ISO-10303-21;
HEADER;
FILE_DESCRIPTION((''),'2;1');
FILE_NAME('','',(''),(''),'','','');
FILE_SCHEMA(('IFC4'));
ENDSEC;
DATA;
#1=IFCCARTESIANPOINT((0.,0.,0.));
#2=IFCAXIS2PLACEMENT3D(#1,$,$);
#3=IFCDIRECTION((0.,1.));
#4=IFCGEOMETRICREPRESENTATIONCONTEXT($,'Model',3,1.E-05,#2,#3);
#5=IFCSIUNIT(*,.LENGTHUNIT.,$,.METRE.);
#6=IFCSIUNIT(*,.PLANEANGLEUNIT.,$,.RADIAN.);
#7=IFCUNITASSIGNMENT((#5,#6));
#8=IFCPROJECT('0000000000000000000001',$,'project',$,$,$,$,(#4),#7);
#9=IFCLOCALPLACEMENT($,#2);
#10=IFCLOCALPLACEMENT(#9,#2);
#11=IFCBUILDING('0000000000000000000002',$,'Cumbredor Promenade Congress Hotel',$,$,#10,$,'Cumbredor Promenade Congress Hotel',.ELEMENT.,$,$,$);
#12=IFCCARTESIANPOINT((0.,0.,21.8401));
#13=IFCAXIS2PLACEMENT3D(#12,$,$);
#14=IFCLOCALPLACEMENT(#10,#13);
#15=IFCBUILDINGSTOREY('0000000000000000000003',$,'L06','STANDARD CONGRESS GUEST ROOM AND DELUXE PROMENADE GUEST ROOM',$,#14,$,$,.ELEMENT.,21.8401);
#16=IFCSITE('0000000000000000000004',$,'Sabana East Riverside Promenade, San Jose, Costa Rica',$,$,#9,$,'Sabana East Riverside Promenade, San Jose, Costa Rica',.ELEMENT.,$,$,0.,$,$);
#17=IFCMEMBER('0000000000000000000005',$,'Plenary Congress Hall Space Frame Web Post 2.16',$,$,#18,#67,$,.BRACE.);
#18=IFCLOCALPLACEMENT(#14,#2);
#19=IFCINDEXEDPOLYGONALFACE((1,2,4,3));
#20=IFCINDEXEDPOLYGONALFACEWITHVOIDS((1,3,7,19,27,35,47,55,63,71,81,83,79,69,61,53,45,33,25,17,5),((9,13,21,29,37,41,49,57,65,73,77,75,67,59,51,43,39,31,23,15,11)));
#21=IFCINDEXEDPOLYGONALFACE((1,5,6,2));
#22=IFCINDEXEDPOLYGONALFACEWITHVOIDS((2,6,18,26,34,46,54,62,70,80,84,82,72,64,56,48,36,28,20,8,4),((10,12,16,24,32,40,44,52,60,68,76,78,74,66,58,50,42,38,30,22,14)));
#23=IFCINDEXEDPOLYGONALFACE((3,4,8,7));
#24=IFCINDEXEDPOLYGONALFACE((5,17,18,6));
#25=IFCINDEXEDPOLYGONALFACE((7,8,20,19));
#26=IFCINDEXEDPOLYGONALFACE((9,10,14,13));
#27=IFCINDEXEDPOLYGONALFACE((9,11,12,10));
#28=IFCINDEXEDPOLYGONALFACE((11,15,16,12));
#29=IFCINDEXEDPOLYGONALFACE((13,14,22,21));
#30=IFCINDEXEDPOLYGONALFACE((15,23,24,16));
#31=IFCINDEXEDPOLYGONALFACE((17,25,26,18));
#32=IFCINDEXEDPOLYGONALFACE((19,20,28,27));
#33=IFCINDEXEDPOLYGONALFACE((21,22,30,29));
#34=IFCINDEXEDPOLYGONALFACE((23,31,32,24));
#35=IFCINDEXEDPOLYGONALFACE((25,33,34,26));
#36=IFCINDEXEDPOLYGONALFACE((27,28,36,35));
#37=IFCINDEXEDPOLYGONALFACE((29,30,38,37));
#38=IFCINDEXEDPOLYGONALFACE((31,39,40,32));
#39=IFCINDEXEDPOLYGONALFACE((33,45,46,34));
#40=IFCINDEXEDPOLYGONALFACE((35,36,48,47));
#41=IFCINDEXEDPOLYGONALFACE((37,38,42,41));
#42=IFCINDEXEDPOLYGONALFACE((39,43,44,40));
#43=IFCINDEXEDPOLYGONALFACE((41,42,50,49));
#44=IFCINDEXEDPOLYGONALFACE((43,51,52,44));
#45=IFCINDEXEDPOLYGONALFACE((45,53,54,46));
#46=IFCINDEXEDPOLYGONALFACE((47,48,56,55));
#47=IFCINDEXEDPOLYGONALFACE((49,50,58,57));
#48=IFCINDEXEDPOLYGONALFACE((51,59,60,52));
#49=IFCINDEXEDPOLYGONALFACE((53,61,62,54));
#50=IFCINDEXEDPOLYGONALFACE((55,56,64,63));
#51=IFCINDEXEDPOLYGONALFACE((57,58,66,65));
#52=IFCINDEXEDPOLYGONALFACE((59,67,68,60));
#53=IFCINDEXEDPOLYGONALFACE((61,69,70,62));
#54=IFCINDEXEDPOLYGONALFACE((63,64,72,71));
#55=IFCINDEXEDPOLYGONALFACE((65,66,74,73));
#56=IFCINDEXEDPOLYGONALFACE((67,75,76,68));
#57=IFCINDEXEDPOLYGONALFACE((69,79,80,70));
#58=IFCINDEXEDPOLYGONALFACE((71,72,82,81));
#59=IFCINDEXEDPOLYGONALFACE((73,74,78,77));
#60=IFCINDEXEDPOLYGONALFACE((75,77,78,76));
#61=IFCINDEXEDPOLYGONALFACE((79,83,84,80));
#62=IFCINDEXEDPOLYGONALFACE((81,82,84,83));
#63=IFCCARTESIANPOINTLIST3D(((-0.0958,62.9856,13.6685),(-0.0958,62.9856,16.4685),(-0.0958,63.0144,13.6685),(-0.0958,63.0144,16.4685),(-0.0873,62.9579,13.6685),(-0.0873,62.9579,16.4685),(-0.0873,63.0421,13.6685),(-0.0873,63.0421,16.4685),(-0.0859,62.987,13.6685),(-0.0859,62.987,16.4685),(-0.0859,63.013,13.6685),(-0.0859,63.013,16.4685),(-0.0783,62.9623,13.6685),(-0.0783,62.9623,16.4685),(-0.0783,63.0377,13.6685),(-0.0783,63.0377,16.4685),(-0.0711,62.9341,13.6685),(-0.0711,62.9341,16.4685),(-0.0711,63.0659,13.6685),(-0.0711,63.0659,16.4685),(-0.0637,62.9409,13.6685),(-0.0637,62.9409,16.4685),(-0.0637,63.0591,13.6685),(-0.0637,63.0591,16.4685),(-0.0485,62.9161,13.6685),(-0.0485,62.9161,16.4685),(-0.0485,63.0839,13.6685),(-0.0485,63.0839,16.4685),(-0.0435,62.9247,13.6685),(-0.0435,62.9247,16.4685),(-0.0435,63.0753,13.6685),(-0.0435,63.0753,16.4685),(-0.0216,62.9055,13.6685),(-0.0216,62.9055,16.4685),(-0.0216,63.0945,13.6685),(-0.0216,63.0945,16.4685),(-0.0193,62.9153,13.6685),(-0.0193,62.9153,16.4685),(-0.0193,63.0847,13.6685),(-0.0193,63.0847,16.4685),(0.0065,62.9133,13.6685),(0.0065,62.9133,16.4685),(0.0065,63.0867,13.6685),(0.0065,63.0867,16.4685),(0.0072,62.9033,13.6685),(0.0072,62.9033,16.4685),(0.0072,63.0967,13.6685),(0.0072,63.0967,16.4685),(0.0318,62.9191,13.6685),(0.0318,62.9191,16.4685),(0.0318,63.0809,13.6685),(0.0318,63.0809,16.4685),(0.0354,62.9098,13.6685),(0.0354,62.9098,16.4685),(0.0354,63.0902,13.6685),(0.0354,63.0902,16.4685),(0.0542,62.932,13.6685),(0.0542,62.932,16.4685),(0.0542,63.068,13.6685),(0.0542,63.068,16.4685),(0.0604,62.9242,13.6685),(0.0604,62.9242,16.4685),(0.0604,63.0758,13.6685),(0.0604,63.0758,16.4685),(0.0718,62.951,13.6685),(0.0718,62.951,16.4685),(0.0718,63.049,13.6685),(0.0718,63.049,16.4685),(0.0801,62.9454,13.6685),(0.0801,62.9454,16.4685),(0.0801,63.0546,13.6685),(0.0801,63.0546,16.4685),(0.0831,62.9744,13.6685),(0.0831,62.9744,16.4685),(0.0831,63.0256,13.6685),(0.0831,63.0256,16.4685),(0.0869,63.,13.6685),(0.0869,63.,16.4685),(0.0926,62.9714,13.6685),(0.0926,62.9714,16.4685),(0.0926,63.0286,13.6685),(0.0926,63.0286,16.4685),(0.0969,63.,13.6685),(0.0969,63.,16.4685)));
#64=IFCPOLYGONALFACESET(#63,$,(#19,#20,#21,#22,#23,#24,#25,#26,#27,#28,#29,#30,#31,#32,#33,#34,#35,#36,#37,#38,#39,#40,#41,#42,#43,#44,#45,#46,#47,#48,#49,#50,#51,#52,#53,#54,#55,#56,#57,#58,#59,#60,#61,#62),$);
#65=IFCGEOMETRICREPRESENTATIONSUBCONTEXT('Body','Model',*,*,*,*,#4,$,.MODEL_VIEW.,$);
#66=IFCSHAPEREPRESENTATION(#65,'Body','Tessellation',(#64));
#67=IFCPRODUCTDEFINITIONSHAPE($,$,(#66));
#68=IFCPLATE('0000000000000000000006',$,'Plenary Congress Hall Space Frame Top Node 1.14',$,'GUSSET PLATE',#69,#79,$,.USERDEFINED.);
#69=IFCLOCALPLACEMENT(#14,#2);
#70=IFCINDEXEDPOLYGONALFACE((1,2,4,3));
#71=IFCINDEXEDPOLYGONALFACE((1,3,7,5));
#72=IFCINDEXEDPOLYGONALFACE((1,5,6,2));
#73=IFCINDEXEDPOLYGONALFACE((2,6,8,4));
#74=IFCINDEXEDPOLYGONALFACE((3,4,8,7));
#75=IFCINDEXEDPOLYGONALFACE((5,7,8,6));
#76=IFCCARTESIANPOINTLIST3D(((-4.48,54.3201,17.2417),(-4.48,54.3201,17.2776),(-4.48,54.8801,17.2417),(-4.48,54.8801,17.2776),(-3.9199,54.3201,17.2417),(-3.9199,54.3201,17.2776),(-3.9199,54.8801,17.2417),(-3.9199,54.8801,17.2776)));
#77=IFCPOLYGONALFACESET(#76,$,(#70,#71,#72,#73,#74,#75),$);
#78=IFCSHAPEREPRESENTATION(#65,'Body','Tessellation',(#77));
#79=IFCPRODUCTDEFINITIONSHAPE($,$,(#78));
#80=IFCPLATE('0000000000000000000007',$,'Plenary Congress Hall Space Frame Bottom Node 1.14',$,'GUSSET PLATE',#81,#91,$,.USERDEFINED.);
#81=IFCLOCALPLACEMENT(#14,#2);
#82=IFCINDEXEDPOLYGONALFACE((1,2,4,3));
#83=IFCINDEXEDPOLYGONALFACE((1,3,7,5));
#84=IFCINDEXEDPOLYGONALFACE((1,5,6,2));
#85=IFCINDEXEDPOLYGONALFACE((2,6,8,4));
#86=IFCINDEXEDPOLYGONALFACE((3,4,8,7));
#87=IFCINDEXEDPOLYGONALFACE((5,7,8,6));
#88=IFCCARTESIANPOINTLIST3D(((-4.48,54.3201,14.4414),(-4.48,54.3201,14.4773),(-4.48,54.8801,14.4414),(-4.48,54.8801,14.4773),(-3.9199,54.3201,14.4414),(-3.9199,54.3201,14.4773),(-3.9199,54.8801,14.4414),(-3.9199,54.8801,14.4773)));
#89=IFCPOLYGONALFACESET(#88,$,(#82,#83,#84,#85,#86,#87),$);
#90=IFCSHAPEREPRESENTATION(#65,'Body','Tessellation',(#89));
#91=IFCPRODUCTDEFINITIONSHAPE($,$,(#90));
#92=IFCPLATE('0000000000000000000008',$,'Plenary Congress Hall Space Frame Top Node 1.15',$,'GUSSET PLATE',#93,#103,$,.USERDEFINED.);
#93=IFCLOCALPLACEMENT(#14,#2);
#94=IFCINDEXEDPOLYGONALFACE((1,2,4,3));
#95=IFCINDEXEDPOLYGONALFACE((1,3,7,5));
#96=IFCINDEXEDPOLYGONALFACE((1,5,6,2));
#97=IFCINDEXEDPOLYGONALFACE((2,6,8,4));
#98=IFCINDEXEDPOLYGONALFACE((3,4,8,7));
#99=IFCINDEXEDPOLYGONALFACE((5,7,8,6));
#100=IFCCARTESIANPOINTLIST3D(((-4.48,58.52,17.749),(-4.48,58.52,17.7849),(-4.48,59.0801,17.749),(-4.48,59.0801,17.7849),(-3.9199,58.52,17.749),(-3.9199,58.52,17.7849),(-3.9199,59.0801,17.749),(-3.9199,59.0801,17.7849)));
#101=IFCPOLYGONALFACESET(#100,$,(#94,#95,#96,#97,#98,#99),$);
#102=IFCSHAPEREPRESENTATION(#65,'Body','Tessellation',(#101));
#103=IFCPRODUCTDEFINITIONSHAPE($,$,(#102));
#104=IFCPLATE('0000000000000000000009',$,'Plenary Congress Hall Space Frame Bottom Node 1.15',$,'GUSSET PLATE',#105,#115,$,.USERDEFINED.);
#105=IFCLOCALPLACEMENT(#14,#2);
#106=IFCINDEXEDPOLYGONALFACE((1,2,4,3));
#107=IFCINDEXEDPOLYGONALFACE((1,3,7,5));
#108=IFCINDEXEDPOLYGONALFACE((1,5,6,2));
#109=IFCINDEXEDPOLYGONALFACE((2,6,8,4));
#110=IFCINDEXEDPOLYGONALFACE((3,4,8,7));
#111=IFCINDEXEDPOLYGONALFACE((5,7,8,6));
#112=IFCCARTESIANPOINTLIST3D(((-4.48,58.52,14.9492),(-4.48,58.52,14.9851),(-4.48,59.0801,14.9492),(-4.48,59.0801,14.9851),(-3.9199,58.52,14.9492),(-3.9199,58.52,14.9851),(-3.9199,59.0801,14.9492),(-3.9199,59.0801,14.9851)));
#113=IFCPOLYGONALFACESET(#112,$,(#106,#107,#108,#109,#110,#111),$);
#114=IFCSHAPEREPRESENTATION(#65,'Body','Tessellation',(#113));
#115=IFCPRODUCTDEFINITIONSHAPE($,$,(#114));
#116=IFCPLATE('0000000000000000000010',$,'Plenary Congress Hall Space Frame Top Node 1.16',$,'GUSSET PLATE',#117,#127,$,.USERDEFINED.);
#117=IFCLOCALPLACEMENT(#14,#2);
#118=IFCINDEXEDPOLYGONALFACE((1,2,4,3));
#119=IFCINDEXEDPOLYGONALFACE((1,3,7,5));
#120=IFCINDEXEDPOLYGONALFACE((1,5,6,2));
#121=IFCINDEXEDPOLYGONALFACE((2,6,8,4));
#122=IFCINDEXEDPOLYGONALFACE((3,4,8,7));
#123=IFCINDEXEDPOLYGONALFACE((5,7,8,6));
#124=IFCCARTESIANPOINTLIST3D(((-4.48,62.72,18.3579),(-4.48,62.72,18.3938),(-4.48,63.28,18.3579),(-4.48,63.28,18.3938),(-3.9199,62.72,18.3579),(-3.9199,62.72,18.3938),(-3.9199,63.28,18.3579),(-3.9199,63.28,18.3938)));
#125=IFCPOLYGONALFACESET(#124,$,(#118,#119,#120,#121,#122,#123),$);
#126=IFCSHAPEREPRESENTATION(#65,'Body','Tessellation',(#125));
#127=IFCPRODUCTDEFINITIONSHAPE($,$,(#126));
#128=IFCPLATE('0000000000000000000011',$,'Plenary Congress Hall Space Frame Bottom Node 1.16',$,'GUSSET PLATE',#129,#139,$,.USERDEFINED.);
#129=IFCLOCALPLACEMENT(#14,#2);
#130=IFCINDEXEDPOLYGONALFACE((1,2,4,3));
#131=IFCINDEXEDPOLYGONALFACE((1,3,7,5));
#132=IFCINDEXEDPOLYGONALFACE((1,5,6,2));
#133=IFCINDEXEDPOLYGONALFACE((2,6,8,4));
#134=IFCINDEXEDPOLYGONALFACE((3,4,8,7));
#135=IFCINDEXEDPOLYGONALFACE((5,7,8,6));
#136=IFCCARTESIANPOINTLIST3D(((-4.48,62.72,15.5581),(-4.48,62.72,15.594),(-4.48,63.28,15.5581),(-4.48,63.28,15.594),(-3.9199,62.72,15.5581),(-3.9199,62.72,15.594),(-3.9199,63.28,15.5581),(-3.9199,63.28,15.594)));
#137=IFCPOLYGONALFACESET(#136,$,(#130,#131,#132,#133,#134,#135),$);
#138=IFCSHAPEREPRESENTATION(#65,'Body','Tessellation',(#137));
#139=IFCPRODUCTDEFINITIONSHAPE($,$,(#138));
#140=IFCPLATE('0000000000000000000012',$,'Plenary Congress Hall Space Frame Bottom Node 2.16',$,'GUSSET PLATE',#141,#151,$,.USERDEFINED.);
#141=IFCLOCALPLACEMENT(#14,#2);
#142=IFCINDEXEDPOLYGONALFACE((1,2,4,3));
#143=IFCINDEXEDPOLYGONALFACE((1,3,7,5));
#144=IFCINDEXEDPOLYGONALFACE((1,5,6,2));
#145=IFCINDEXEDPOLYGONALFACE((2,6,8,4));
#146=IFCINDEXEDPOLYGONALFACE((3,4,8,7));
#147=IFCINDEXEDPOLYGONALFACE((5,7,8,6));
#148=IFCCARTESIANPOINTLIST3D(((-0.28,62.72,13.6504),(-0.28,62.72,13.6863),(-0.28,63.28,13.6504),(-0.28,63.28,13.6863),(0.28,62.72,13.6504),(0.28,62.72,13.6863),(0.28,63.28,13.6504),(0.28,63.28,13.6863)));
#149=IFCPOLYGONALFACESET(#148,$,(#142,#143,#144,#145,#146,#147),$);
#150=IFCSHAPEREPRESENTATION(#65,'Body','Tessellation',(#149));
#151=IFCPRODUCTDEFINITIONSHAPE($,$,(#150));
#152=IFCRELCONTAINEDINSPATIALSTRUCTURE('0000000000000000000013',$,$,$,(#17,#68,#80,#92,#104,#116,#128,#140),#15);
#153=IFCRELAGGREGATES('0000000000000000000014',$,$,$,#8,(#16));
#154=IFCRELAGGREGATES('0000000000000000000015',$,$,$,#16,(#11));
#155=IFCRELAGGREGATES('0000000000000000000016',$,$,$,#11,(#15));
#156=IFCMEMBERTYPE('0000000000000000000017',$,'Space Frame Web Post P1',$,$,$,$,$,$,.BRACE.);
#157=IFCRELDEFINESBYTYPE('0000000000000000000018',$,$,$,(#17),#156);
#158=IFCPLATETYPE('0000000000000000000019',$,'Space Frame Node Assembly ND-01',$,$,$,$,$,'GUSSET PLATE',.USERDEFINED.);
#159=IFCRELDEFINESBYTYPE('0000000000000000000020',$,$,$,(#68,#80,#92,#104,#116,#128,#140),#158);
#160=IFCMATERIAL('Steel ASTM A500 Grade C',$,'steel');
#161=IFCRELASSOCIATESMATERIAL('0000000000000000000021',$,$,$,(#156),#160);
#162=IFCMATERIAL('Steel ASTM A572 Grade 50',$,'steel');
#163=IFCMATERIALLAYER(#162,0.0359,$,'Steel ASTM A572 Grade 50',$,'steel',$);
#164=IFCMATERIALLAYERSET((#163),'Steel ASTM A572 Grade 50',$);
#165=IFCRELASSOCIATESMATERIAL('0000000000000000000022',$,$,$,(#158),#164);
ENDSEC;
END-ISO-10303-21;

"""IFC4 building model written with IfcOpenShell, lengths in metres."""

from ifc_helpers import new_model, si_unit, direction, frame, origin, origin_2d, place, context, subcontext, project, spatial, rectangle, hollow_circle, extrude, material, layer, layer_set, material_profile, profile_set, type_object, element, save


model = new_model("IFC4")

# Units and contexts
model_context = context("Model", 3, precision=1e-05, world=origin(), true_north=direction((0.0, 1.0)))
body_context = subcontext(model_context, "Body", "Model", "MODEL_VIEW")
ifc_project = project(units=[si_unit("LENGTHUNIT", "METRE"), si_unit("PLANEANGLEUNIT", "RADIAN")], contexts=[model_context])

# Site, building, storey
site_placement = place(None, origin())
site = spatial("IfcSite", under=ifc_project, at=site_placement, Name="Sabana East Riverside Promenade, San Jose, Costa Rica", LongName="Sabana East Riverside Promenade, San Jose, Costa Rica", CompositionType="ELEMENT", RefElevation=0.0)
building_placement = place(site_placement, origin())
building = spatial("IfcBuilding", under=site, at=building_placement, Name="Cumbredor Promenade Congress Hotel", LongName="Cumbredor Promenade Congress Hotel", CompositionType="ELEMENT")
storey_placement = place(building_placement, frame((0.0, 0.0, 21.8401)))
storey = spatial("IfcBuildingStorey", under=building, at=storey_placement, Name="L06", Description="STANDARD CONGRESS GUEST ROOM AND DELUXE PROMENADE GUEST ROOM", CompositionType="ELEMENT", Elevation=21.8401)

# Member
ifc_material_1 = material(Name="Steel ASTM A500 Grade C", Category="steel")
ifc_material_profile_1 = material_profile(ifc_material_1, hollow_circle(Radius=0.0969, WallThickness=0.01, at=origin_2d()), Name="CHS 193.7x10")
ifc_profile_set_1 = profile_set([ifc_material_profile_1], Name="Steel ASTM A500 Grade C")
member_type_1 = type_object("IfcMemberType", Name="Space Frame Web Post P1", PredefinedType="BRACE", material=ifc_profile_set_1)
for number, where, z_axis, x_axis, name in (
    (1, (0.0, 63.0, 13.6685), (0.0, 0.0, 1.0), (1.0, 0.0, 0.0), "Plenary Congress Hall Space Frame Web Post 2.16"),
):
    element("IfcMember", number, at=place(storey_placement, frame(where, z_axis=z_axis, x_axis=x_axis)), inside=storey, type_object=member_type_1, Name=name, PredefinedType="BRACE", context=body_context, shape_type="SweptSolid", body=[
        extrude(hollow_circle(Radius=0.0969, WallThickness=0.01, at=origin_2d()), origin(), (0.0, 0.0, 1.0), 2.8),
    ])

# Plates
ifc_material_2 = material(Name="Steel ASTM A572 Grade 50", Category="steel")
ifc_layer = layer(ifc_material_2, 0.0359, Name="Steel ASTM A572 Grade 50", Category="steel")
ifc_layer_set = layer_set([ifc_layer], Name="Steel ASTM A572 Grade 50")
plate_type = type_object("IfcPlateType", Name="Space Frame Node Assembly ND-01", ElementType="GUSSET PLATE", PredefinedType="USERDEFINED", material=ifc_layer_set)
for number, where, z_axis, x_axis, name in (
    (2, (-4.2, 54.6001, 17.2417), (0.0, 0.0, 1.0), (1.0, 0.0, 0.0), "Plenary Congress Hall Space Frame Top Node 1.14"),
    (3, (-4.2, 54.6001, 14.4414), (0.0, 0.0, 1.0), (1.0, 0.0, 0.0), "Plenary Congress Hall Space Frame Bottom Node 1.14"),
    (4, (-4.2, 58.8, 17.749), (0.0, 0.0, 1.0), (1.0, 0.0, 0.0), "Plenary Congress Hall Space Frame Top Node 1.15"),
    (5, (-4.2, 58.8, 14.9492), (0.0, 0.0, 1.0), (1.0, 0.0, 0.0), "Plenary Congress Hall Space Frame Bottom Node 1.15"),
    (6, (-4.2, 63.0, 18.3579), (0.0, 0.0, 1.0), (1.0, 0.0, 0.0), "Plenary Congress Hall Space Frame Top Node 1.16"),
    (7, (-4.2, 63.0, 15.5581), (0.0, 0.0, 1.0), (1.0, 0.0, 0.0), "Plenary Congress Hall Space Frame Bottom Node 1.16"),
    (8, (0.0, 63.0, 13.6504), (0.0, 0.0, 1.0), (1.0, 0.0, 0.0), "Plenary Congress Hall Space Frame Bottom Node 2.16"),
):
    element("IfcPlate", number, at=place(storey_placement, frame(where, z_axis=z_axis, x_axis=x_axis)), inside=storey, type_object=plate_type, Name=name, ObjectType="GUSSET PLATE", PredefinedType="USERDEFINED", context=body_context, shape_type="SweptSolid", body=[
        extrude(rectangle(XDim=0.5601, YDim=0.5601, at=origin_2d()), origin(), (0.0, 0.0, 1.0), 0.0359),
    ])

save(model, "model.ifc")
